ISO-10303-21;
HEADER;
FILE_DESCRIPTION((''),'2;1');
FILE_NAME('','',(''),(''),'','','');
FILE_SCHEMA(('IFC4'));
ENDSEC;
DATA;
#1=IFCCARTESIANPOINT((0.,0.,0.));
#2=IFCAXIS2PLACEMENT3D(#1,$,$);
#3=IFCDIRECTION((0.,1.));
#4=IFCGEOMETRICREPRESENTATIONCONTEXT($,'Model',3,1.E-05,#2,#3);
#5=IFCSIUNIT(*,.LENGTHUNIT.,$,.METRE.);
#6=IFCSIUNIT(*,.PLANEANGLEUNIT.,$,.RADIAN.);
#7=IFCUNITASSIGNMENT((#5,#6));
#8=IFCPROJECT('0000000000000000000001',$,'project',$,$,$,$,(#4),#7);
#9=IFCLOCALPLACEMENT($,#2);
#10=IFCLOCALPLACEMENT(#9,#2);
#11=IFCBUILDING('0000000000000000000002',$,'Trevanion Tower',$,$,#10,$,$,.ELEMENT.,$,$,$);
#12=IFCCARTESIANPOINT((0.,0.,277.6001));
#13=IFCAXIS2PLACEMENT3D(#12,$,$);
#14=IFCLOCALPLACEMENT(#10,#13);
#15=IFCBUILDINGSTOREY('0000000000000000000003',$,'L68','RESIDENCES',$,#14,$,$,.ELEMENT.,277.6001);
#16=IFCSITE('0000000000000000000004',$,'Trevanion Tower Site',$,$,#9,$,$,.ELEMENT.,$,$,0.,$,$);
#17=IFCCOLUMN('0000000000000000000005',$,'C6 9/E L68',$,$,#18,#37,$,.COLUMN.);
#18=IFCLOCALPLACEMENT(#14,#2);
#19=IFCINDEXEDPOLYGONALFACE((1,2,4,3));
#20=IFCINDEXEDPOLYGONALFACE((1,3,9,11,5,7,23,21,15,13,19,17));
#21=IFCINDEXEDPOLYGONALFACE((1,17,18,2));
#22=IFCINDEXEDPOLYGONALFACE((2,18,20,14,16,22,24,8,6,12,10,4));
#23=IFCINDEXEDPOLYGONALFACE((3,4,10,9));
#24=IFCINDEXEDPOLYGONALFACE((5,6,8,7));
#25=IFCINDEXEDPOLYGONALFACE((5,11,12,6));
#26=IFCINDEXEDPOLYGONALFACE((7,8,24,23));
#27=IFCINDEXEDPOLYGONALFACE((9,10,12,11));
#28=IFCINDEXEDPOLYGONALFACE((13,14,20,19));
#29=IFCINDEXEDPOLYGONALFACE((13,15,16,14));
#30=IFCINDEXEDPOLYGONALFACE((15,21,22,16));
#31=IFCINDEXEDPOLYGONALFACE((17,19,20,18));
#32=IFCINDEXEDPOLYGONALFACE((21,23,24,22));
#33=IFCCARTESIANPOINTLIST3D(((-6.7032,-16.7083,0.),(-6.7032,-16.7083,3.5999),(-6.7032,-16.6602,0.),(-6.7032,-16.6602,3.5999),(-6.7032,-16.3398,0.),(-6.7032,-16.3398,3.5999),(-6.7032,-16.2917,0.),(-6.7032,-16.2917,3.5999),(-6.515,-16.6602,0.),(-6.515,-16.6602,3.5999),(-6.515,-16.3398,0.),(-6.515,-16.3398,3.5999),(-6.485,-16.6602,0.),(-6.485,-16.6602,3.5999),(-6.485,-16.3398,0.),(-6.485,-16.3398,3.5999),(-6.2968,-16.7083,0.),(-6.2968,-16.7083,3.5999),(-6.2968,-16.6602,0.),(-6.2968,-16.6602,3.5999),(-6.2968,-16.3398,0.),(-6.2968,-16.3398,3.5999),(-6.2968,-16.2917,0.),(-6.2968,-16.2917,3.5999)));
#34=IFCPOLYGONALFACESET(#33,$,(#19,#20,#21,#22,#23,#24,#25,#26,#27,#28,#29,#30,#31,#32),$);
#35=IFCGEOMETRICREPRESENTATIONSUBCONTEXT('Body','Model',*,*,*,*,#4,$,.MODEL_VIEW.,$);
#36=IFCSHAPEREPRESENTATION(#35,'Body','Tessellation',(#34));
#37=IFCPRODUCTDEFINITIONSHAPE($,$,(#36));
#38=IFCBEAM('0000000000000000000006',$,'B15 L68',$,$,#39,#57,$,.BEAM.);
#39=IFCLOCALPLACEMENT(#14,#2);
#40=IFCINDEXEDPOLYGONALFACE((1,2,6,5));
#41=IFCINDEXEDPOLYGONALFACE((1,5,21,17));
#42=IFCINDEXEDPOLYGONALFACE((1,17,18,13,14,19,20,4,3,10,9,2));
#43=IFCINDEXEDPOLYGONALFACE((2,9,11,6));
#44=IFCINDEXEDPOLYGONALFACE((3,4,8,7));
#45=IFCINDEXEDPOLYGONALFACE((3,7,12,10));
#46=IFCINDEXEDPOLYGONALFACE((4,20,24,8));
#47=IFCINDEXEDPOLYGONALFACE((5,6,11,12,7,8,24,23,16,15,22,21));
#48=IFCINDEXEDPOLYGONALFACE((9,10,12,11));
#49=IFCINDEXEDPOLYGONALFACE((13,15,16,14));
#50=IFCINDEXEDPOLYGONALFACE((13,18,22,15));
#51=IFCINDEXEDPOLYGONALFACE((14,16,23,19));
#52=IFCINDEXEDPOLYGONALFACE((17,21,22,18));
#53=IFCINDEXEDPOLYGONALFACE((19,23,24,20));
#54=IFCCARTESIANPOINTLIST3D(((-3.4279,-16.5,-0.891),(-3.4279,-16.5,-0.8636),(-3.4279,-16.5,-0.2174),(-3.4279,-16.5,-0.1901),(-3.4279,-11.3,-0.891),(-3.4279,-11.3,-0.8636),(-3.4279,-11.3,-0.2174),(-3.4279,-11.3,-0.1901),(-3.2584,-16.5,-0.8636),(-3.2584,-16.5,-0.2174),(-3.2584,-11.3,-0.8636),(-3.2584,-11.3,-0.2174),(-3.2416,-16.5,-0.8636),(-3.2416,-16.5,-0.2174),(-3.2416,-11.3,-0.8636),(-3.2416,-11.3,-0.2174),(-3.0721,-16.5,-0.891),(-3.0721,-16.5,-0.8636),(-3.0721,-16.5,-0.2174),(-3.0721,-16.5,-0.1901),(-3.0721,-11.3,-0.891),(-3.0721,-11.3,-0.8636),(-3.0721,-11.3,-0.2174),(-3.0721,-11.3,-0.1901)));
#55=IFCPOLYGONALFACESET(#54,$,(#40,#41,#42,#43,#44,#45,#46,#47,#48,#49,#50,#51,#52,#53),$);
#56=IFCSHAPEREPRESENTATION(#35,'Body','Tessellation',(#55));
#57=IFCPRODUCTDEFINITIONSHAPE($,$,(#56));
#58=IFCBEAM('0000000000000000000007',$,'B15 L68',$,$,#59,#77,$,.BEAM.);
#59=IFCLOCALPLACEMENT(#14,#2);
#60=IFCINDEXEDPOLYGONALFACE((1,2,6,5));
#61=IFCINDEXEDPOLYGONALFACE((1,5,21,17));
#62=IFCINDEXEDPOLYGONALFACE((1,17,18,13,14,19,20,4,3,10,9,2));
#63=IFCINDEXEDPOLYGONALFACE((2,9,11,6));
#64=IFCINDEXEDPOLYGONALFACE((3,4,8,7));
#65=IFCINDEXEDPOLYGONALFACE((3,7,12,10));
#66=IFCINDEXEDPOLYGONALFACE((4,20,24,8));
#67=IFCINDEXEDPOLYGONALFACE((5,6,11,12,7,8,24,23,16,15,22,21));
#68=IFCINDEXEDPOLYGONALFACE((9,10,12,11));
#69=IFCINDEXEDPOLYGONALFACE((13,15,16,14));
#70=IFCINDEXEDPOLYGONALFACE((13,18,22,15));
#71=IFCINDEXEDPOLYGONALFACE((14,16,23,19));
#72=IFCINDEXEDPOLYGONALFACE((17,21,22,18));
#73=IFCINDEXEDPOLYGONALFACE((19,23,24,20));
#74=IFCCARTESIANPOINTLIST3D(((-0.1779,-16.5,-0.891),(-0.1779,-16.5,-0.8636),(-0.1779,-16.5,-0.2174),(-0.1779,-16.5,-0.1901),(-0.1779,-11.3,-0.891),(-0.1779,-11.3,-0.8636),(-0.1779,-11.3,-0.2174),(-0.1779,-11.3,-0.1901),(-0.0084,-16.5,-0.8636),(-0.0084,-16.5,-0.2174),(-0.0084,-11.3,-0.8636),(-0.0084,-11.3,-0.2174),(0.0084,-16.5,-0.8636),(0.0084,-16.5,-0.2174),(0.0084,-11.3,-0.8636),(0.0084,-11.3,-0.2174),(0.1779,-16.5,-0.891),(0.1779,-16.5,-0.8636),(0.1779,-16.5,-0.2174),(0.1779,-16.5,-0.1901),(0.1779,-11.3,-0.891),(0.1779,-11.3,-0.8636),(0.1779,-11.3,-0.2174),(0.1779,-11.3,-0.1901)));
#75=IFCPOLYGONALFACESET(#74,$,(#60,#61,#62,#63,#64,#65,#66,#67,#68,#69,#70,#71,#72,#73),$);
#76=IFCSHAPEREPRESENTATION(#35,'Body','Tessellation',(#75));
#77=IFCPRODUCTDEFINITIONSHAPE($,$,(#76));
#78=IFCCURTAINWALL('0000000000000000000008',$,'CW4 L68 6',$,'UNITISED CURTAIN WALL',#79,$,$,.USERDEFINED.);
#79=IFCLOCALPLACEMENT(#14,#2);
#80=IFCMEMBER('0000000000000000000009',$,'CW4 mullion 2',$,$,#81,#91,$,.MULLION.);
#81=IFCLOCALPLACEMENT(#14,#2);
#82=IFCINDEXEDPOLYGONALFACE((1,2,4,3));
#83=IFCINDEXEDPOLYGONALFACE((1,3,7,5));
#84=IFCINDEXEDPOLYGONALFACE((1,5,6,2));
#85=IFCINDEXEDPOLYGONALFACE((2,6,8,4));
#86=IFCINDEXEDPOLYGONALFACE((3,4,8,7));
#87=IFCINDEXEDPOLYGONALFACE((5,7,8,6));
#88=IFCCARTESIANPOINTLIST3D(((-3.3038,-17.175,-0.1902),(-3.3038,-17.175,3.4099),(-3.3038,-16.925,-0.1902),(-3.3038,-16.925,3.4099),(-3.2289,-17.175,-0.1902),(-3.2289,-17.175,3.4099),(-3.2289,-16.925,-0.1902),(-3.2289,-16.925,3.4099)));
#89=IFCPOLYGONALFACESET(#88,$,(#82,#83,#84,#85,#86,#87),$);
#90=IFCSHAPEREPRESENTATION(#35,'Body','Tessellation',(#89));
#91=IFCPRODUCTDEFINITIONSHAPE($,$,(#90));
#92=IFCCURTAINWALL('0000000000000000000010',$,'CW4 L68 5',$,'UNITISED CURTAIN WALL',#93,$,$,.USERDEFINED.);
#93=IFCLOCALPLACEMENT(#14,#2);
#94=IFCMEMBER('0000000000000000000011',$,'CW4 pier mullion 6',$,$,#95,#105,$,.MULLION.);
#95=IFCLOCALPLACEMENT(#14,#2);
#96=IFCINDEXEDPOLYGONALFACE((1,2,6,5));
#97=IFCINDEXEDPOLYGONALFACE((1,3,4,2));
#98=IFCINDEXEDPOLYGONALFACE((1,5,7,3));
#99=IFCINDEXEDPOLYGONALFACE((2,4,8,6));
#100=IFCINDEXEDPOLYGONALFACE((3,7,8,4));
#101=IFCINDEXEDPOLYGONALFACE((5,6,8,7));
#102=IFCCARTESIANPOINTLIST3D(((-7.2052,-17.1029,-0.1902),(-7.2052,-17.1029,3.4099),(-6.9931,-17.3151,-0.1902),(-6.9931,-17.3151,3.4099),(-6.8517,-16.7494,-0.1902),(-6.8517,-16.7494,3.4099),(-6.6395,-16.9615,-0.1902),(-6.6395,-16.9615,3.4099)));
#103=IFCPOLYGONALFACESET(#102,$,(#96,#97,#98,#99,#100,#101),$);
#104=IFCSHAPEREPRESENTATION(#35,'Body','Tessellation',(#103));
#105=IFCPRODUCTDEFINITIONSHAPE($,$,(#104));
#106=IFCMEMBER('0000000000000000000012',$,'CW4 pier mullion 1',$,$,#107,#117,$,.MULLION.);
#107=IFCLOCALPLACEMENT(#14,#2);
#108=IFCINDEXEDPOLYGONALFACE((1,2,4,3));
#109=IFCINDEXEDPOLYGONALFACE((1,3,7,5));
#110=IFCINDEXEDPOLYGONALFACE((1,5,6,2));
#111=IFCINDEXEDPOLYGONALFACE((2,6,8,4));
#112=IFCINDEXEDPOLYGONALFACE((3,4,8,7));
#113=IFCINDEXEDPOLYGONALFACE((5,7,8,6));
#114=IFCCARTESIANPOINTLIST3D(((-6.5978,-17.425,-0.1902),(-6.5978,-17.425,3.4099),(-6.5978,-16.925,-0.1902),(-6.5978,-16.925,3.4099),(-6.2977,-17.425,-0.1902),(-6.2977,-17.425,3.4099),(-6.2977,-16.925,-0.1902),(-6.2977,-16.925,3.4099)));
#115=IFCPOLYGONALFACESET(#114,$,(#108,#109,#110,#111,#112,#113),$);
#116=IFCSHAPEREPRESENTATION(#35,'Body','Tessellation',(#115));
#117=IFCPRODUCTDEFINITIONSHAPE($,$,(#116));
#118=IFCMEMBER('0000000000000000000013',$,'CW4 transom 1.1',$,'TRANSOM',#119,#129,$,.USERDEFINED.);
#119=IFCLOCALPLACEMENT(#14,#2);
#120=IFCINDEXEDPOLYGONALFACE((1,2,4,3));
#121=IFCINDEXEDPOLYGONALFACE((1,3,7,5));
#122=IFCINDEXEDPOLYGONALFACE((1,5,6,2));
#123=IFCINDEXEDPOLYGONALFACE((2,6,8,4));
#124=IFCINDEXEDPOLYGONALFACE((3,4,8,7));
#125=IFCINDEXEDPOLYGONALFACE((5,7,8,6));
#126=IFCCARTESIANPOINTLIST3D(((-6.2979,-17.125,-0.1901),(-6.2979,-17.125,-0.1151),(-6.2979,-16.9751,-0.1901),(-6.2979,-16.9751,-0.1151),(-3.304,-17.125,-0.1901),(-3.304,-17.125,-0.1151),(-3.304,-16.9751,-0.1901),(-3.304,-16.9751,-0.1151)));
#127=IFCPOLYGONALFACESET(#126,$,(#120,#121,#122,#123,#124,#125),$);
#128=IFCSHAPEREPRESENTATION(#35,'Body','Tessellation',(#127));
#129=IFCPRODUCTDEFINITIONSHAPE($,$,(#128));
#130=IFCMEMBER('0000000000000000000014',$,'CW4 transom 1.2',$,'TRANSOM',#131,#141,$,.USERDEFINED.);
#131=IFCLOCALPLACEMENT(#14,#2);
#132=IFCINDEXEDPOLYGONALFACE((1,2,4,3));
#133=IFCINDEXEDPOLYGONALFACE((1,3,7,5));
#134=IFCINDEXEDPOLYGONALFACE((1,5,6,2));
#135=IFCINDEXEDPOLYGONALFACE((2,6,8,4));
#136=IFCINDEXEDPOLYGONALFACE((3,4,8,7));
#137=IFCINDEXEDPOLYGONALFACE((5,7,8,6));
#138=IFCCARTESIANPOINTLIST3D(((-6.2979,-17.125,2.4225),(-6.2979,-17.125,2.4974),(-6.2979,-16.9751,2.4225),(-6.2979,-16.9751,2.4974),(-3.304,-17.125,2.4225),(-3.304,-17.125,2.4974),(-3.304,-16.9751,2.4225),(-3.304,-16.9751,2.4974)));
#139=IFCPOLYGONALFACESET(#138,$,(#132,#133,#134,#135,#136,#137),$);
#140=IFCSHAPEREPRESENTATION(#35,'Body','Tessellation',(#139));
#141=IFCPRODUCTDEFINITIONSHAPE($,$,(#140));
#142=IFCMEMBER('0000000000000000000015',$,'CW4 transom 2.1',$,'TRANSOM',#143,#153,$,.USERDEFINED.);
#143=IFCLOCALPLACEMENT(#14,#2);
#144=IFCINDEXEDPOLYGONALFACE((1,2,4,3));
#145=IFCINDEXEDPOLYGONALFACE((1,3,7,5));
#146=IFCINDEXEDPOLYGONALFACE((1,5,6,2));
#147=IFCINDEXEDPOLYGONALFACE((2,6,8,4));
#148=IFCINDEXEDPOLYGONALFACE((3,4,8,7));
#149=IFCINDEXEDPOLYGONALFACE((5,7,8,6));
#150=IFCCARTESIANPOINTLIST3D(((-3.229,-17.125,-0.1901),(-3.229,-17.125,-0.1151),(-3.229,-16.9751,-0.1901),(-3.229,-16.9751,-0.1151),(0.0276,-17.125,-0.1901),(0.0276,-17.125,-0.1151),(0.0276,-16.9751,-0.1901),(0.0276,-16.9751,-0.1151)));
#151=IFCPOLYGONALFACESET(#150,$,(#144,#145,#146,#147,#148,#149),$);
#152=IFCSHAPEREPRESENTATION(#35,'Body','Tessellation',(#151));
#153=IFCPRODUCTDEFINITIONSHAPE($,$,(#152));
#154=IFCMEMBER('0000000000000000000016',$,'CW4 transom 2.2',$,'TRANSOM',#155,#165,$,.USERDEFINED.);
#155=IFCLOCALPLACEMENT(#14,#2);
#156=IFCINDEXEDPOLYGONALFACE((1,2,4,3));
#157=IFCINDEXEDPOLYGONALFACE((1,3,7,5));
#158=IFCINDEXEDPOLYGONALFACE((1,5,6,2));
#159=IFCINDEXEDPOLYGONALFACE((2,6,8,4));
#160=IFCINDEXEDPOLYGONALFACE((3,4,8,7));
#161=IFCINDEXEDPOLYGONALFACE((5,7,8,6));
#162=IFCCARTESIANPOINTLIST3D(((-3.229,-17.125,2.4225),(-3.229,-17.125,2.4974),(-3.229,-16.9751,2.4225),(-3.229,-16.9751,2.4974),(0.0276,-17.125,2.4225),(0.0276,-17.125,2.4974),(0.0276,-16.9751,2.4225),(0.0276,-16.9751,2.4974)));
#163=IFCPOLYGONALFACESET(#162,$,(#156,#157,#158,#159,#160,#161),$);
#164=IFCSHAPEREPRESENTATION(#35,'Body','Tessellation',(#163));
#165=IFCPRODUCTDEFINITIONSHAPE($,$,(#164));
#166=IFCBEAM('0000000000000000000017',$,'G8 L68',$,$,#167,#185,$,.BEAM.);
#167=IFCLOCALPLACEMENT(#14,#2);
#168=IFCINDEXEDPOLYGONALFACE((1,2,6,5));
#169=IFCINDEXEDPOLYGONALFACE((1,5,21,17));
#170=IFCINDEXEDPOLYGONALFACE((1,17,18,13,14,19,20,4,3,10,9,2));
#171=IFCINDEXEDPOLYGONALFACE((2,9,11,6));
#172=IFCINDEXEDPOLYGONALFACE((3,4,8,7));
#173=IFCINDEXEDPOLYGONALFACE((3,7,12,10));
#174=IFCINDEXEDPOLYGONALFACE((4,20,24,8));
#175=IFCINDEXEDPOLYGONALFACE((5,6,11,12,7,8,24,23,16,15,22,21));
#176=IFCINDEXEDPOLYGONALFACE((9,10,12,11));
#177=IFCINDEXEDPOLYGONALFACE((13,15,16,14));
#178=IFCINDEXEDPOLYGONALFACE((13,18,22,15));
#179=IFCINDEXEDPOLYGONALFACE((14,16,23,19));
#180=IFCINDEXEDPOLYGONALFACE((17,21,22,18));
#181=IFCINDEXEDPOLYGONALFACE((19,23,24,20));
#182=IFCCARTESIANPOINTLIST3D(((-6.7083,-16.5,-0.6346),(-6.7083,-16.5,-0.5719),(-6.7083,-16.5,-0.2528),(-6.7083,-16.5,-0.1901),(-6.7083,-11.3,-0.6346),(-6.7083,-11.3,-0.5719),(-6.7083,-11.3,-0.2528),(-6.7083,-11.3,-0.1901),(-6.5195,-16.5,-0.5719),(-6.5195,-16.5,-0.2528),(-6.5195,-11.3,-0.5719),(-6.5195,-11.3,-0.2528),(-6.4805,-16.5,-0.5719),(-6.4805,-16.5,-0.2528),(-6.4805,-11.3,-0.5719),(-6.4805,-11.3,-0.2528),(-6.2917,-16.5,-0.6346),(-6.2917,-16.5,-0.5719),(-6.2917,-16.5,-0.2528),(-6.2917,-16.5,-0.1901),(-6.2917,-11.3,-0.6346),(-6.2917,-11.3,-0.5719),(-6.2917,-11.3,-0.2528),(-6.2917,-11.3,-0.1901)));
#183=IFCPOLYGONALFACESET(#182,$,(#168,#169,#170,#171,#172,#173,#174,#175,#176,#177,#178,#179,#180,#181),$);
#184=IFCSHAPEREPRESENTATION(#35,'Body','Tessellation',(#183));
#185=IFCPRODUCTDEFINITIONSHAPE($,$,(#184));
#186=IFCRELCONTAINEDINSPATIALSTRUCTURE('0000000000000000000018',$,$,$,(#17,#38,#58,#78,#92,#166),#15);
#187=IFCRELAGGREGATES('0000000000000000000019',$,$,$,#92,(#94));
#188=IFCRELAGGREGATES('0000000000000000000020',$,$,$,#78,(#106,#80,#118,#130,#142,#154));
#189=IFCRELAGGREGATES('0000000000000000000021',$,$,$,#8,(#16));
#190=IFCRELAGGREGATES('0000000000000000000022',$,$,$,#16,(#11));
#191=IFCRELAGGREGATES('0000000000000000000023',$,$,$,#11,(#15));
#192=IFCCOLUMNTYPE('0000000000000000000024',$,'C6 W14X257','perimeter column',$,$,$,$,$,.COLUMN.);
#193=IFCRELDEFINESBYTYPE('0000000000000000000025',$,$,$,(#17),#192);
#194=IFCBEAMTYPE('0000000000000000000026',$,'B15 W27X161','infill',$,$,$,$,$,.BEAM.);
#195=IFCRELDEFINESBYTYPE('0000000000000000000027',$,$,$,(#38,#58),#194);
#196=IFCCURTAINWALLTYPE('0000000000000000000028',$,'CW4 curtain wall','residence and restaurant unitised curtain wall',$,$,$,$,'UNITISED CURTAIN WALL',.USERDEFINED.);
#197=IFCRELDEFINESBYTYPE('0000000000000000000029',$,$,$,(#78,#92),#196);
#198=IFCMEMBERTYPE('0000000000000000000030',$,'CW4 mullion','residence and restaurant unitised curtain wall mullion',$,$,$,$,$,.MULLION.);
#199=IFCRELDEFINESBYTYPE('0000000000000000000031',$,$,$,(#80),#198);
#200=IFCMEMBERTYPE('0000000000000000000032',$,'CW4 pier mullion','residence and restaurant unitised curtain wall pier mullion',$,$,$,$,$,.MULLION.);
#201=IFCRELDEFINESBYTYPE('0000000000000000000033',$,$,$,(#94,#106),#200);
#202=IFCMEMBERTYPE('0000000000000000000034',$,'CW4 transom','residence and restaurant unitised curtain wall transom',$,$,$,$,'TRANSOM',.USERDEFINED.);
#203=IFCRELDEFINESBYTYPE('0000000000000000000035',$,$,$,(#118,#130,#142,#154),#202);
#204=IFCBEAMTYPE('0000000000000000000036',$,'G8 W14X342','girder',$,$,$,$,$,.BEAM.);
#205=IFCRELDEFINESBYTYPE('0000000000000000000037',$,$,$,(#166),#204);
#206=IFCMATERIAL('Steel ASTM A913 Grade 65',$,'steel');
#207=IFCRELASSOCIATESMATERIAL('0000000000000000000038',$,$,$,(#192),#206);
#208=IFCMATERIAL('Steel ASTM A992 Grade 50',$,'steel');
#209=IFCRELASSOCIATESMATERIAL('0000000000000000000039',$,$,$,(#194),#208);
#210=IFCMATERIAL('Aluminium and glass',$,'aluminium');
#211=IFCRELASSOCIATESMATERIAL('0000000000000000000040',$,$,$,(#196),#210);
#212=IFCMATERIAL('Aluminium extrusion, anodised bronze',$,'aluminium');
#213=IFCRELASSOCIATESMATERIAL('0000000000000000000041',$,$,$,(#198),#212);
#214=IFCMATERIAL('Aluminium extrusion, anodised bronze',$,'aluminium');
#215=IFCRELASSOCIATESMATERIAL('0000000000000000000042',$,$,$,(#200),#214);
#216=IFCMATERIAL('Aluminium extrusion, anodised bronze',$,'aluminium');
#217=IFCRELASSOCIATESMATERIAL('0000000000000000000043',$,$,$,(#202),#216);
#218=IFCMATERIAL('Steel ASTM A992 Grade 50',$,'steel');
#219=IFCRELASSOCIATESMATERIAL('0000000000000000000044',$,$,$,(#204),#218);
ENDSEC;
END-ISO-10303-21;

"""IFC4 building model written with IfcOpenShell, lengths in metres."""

from ifc_helpers import new_model, si_unit, direction, frame, origin, origin_2d, place, context, subcontext, project, spatial, rectangle, i_section, extrude, material, material_profile, profile_set, type_object, element, aggregate, save


model = new_model("IFC4")

# Units and contexts
model_context = context("Model", 3, precision=1e-05, world=origin(), true_north=direction((0.0, 1.0)))
body_context = subcontext(model_context, "Body", "Model", "MODEL_VIEW")
ifc_project = project(units=[si_unit("LENGTHUNIT", "METRE"), si_unit("PLANEANGLEUNIT", "RADIAN")], contexts=[model_context])

# Site, building, storey
site_placement = place(None, origin())
site = spatial("IfcSite", under=ifc_project, at=site_placement, Name="Trevanion Tower Site", CompositionType="ELEMENT", RefElevation=0.0)
building_placement = place(site_placement, origin())
building = spatial("IfcBuilding", under=site, at=building_placement, Name="Trevanion Tower", CompositionType="ELEMENT")
storey_placement = place(building_placement, frame((0.0, 0.0, 277.6001)))
storey = spatial("IfcBuildingStorey", under=building, at=storey_placement, Name="L68", Description="RESIDENCES", CompositionType="ELEMENT", Elevation=277.6001)

# Column
ifc_material_1 = material(Name="Steel ASTM A913 Grade 65", Category="steel")
ifc_material_profile_1 = material_profile(ifc_material_1, i_section(OverallWidth=0.4065, OverallDepth=0.4165, WebThickness=0.03, FlangeThickness=0.0481, at=origin_2d()), Name="W14X257")
ifc_profile_set_1 = profile_set([ifc_material_profile_1], Name="Steel ASTM A913 Grade 65")
column_type = type_object("IfcColumnType", Name="C6 W14X257", Description="perimeter column", PredefinedType="COLUMN", material=ifc_profile_set_1)
column_placement = place(storey_placement, frame((-6.5, -16.5, 0.0), z_axis=(0.0, 0.0, 1.0), x_axis=(1.0, 0.0, 0.0)))
element("IfcColumn", 1, at=column_placement, inside=storey, type_object=column_type, Name="C6 9/E L68", PredefinedType="COLUMN", context=body_context, shape_type="SweptSolid", body=[
    extrude(i_section(OverallWidth=0.4065, OverallDepth=0.4165, WebThickness=0.03, FlangeThickness=0.0481, at=origin_2d()), origin(), (0.0, 0.0, 1.0), 3.5999),
])

# Beams
ifc_material_2 = material(Name="Steel ASTM A992 Grade 50", Category="steel")
ifc_material_profile_2 = material_profile(ifc_material_2, i_section(OverallWidth=0.3557, OverallDepth=0.7009, WebThickness=0.0168, FlangeThickness=0.0273, at=origin_2d()), Name="W27X161")
ifc_profile_set_2 = profile_set([ifc_material_profile_2], Name="Steel ASTM A992 Grade 50")
beam_type_1 = type_object("IfcBeamType", Name="B15 W27X161", Description="infill", PredefinedType="BEAM", material=ifc_profile_set_2)
for number, where, z_axis, x_axis, name in (
    (2, (-3.25, -11.3, -0.5405), (0.0, -1.0, 0.0), (1.0, 0.0, 0.0), "B15 L68"),
    (3, (0.0, -11.3, -0.5405), (0.0, -1.0, 0.0), (1.0, 0.0, 0.0), "B15 L68"),
):
    element("IfcBeam", number, at=place(storey_placement, frame(where, z_axis=z_axis, x_axis=x_axis)), inside=storey, type_object=beam_type_1, Name=name, PredefinedType="BEAM", context=body_context, shape_type="SweptSolid", body=[
        extrude(i_section(OverallWidth=0.3557, OverallDepth=0.7009, WebThickness=0.0168, FlangeThickness=0.0273, at=origin_2d()), origin(), (0.0, 0.0, 1.0), 5.2),
    ])

# Curtain walls, members
ifc_material_3 = material(Name="Aluminium and glass", Category="aluminium")
curtain_wall_type = type_object("IfcCurtainWallType", Name="CW4 curtain wall", Description="residence and restaurant unitised curtain wall", ElementType="UNITISED CURTAIN WALL", PredefinedType="USERDEFINED", material=ifc_material_3)
curtain_wall_1_placement = place(storey_placement, origin())
curtain_wall_1 = element("IfcCurtainWall", 4, at=curtain_wall_1_placement, inside=storey, type_object=curtain_wall_type, Name="CW4 L68 6", ObjectType="UNITISED CURTAIN WALL", PredefinedType="USERDEFINED")
ifc_material_4 = material(Name="Aluminium extrusion, anodised bronze", Category="aluminium")
ifc_material_profile_3 = material_profile(ifc_material_4, rectangle(XDim=0.075, YDim=0.25, at=origin_2d()), Name="CW4 mullion")
ifc_profile_set_3 = profile_set([ifc_material_profile_3], Name="Aluminium extrusion, anodised bronze")
member_type_1 = type_object("IfcMemberType", Name="CW4 mullion", Description="residence and restaurant unitised curtain wall mullion", PredefinedType="MULLION", material=ifc_profile_set_3)
member_1_placement = place(storey_placement, frame((-3.2664, -17.05, -0.1902), z_axis=(0.0, 0.0, 1.0), x_axis=(1.0, 0.0, 0.0)))
member_1 = element("IfcMember", 5, at=member_1_placement, type_object=member_type_1, Name="CW4 mullion 2", PredefinedType="MULLION", context=body_context, shape_type="SweptSolid", body=[
    extrude(rectangle(XDim=0.075, YDim=0.25, at=origin_2d()), origin(), (0.0, 0.0, 1.0), 3.6001),
])
curtain_wall_2_placement = place(storey_placement, origin())
curtain_wall_2 = element("IfcCurtainWall", 6, at=curtain_wall_2_placement, inside=storey, type_object=curtain_wall_type, Name="CW4 L68 5", ObjectType="UNITISED CURTAIN WALL", PredefinedType="USERDEFINED")
ifc_material_5 = material(Name="Aluminium extrusion, anodised bronze", Category="aluminium")
ifc_material_profile_4 = material_profile(ifc_material_5, rectangle(XDim=0.3, YDim=0.5, at=origin_2d()), Name="CW4 pier mullion")
ifc_profile_set_4 = profile_set([ifc_material_profile_4], Name="Aluminium extrusion, anodised bronze")
member_type_2 = type_object("IfcMemberType", Name="CW4 pier mullion", Description="residence and restaurant unitised curtain wall pier mullion", PredefinedType="MULLION", material=ifc_profile_set_4)
member_2_placement = place(storey_placement, frame((-6.9224, -17.0322, -0.1902), z_axis=(0.0, 0.0, 1.0), x_axis=(0.707107, -0.707107, 0.0)))
member_2 = element("IfcMember", 7, at=member_2_placement, type_object=member_type_2, Name="CW4 pier mullion 6", PredefinedType="MULLION", context=body_context, shape_type="SweptSolid", body=[
    extrude(rectangle(XDim=0.3, YDim=0.5, at=origin_2d()), origin(), (0.0, 0.0, 1.0), 3.6001),
])

# Members
member_3_placement = place(storey_placement, frame((-6.4478, -17.175, -0.1902), z_axis=(0.0, 0.0, 1.0), x_axis=(1.0, 0.0, 0.0)))
member_3 = element("IfcMember", 8, at=member_3_placement, type_object=member_type_2, Name="CW4 pier mullion 1", PredefinedType="MULLION", context=body_context, shape_type="SweptSolid", body=[
    extrude(rectangle(XDim=0.3, YDim=0.5, at=origin_2d()), origin(), (0.0, 0.0, 1.0), 3.6001),
])
ifc_material_6 = material(Name="Aluminium extrusion, anodised bronze", Category="aluminium")
ifc_material_profile_5 = material_profile(ifc_material_6, rectangle(XDim=0.1499, YDim=0.075, at=origin_2d()), Name="CW4 transom")
ifc_profile_set_5 = profile_set([ifc_material_profile_5], Name="Aluminium extrusion, anodised bronze")
member_type_3 = type_object("IfcMemberType", Name="CW4 transom", Description="residence and restaurant unitised curtain wall transom", ElementType="TRANSOM", PredefinedType="USERDEFINED", material=ifc_profile_set_5)
member_4_placement = place(storey_placement, frame((-6.2979, -17.05, -0.1526), z_axis=(1.0, 0.0, 0.0), x_axis=(0.0, 1.0, 0.0)))
member_4 = element("IfcMember", 9, at=member_4_placement, type_object=member_type_3, Name="CW4 transom 1.1", ObjectType="TRANSOM", PredefinedType="USERDEFINED", context=body_context, shape_type="SweptSolid", body=[
    extrude(rectangle(XDim=0.1499, YDim=0.075, at=origin_2d()), origin(), (0.0, 0.0, 1.0), 2.9939),
])
member_5_placement = place(storey_placement, frame((-6.2979, -17.05, 2.46), z_axis=(1.0, 0.0, 0.0), x_axis=(0.0, 1.0, 0.0)))
member_5 = element("IfcMember", 10, at=member_5_placement, type_object=member_type_3, Name="CW4 transom 1.2", ObjectType="TRANSOM", PredefinedType="USERDEFINED", context=body_context, shape_type="SweptSolid", body=[
    extrude(rectangle(XDim=0.1499, YDim=0.075, at=origin_2d()), origin(), (0.0, 0.0, 1.0), 2.9939),
])
member_6_placement = place(storey_placement, frame((-3.229, -17.05, -0.1526), z_axis=(1.0, 0.0, 0.0), x_axis=(0.0, 1.0, 0.0)))
member_6 = element("IfcMember", 11, at=member_6_placement, type_object=member_type_3, Name="CW4 transom 2.1", ObjectType="TRANSOM", PredefinedType="USERDEFINED", context=body_context, shape_type="SweptSolid", body=[
    extrude(rectangle(XDim=0.1499, YDim=0.075, at=origin_2d()), origin(), (0.0, 0.0, 1.0), 3.2566),
])
member_7_placement = place(storey_placement, frame((-3.229, -17.05, 2.46), z_axis=(1.0, 0.0, 0.0), x_axis=(0.0, 1.0, 0.0)))
member_7 = element("IfcMember", 12, at=member_7_placement, type_object=member_type_3, Name="CW4 transom 2.2", ObjectType="TRANSOM", PredefinedType="USERDEFINED", context=body_context, shape_type="SweptSolid", body=[
    extrude(rectangle(XDim=0.1499, YDim=0.075, at=origin_2d()), origin(), (0.0, 0.0, 1.0), 3.2566),
])

# Beam
ifc_material_7 = material(Name="Steel ASTM A992 Grade 50", Category="steel")
ifc_material_profile_6 = material_profile(ifc_material_7, i_section(OverallWidth=0.4165, OverallDepth=0.4446, WebThickness=0.0391, FlangeThickness=0.0627, at=origin_2d()), Name="W14X342")
ifc_profile_set_6 = profile_set([ifc_material_profile_6], Name="Steel ASTM A992 Grade 50")
beam_type_2 = type_object("IfcBeamType", Name="G8 W14X342", Description="girder", PredefinedType="BEAM", material=ifc_profile_set_6)
beam_1_placement = place(storey_placement, frame((-6.5, -11.3, -0.4124), z_axis=(0.0, -1.0, 0.0), x_axis=(1.0, 0.0, 0.0)))
element("IfcBeam", 13, at=beam_1_placement, inside=storey, type_object=beam_type_2, Name="G8 L68", PredefinedType="BEAM", context=body_context, shape_type="SweptSolid", body=[
    extrude(i_section(OverallWidth=0.4165, OverallDepth=0.4446, WebThickness=0.0391, FlangeThickness=0.0627, at=origin_2d()), origin(), (0.0, 0.0, 1.0), 5.2),
])

aggregate(curtain_wall_2, [member_2])
aggregate(curtain_wall_1, [member_3, member_1, member_4, member_5, member_6, member_7])

save(model, "model.ifc")
